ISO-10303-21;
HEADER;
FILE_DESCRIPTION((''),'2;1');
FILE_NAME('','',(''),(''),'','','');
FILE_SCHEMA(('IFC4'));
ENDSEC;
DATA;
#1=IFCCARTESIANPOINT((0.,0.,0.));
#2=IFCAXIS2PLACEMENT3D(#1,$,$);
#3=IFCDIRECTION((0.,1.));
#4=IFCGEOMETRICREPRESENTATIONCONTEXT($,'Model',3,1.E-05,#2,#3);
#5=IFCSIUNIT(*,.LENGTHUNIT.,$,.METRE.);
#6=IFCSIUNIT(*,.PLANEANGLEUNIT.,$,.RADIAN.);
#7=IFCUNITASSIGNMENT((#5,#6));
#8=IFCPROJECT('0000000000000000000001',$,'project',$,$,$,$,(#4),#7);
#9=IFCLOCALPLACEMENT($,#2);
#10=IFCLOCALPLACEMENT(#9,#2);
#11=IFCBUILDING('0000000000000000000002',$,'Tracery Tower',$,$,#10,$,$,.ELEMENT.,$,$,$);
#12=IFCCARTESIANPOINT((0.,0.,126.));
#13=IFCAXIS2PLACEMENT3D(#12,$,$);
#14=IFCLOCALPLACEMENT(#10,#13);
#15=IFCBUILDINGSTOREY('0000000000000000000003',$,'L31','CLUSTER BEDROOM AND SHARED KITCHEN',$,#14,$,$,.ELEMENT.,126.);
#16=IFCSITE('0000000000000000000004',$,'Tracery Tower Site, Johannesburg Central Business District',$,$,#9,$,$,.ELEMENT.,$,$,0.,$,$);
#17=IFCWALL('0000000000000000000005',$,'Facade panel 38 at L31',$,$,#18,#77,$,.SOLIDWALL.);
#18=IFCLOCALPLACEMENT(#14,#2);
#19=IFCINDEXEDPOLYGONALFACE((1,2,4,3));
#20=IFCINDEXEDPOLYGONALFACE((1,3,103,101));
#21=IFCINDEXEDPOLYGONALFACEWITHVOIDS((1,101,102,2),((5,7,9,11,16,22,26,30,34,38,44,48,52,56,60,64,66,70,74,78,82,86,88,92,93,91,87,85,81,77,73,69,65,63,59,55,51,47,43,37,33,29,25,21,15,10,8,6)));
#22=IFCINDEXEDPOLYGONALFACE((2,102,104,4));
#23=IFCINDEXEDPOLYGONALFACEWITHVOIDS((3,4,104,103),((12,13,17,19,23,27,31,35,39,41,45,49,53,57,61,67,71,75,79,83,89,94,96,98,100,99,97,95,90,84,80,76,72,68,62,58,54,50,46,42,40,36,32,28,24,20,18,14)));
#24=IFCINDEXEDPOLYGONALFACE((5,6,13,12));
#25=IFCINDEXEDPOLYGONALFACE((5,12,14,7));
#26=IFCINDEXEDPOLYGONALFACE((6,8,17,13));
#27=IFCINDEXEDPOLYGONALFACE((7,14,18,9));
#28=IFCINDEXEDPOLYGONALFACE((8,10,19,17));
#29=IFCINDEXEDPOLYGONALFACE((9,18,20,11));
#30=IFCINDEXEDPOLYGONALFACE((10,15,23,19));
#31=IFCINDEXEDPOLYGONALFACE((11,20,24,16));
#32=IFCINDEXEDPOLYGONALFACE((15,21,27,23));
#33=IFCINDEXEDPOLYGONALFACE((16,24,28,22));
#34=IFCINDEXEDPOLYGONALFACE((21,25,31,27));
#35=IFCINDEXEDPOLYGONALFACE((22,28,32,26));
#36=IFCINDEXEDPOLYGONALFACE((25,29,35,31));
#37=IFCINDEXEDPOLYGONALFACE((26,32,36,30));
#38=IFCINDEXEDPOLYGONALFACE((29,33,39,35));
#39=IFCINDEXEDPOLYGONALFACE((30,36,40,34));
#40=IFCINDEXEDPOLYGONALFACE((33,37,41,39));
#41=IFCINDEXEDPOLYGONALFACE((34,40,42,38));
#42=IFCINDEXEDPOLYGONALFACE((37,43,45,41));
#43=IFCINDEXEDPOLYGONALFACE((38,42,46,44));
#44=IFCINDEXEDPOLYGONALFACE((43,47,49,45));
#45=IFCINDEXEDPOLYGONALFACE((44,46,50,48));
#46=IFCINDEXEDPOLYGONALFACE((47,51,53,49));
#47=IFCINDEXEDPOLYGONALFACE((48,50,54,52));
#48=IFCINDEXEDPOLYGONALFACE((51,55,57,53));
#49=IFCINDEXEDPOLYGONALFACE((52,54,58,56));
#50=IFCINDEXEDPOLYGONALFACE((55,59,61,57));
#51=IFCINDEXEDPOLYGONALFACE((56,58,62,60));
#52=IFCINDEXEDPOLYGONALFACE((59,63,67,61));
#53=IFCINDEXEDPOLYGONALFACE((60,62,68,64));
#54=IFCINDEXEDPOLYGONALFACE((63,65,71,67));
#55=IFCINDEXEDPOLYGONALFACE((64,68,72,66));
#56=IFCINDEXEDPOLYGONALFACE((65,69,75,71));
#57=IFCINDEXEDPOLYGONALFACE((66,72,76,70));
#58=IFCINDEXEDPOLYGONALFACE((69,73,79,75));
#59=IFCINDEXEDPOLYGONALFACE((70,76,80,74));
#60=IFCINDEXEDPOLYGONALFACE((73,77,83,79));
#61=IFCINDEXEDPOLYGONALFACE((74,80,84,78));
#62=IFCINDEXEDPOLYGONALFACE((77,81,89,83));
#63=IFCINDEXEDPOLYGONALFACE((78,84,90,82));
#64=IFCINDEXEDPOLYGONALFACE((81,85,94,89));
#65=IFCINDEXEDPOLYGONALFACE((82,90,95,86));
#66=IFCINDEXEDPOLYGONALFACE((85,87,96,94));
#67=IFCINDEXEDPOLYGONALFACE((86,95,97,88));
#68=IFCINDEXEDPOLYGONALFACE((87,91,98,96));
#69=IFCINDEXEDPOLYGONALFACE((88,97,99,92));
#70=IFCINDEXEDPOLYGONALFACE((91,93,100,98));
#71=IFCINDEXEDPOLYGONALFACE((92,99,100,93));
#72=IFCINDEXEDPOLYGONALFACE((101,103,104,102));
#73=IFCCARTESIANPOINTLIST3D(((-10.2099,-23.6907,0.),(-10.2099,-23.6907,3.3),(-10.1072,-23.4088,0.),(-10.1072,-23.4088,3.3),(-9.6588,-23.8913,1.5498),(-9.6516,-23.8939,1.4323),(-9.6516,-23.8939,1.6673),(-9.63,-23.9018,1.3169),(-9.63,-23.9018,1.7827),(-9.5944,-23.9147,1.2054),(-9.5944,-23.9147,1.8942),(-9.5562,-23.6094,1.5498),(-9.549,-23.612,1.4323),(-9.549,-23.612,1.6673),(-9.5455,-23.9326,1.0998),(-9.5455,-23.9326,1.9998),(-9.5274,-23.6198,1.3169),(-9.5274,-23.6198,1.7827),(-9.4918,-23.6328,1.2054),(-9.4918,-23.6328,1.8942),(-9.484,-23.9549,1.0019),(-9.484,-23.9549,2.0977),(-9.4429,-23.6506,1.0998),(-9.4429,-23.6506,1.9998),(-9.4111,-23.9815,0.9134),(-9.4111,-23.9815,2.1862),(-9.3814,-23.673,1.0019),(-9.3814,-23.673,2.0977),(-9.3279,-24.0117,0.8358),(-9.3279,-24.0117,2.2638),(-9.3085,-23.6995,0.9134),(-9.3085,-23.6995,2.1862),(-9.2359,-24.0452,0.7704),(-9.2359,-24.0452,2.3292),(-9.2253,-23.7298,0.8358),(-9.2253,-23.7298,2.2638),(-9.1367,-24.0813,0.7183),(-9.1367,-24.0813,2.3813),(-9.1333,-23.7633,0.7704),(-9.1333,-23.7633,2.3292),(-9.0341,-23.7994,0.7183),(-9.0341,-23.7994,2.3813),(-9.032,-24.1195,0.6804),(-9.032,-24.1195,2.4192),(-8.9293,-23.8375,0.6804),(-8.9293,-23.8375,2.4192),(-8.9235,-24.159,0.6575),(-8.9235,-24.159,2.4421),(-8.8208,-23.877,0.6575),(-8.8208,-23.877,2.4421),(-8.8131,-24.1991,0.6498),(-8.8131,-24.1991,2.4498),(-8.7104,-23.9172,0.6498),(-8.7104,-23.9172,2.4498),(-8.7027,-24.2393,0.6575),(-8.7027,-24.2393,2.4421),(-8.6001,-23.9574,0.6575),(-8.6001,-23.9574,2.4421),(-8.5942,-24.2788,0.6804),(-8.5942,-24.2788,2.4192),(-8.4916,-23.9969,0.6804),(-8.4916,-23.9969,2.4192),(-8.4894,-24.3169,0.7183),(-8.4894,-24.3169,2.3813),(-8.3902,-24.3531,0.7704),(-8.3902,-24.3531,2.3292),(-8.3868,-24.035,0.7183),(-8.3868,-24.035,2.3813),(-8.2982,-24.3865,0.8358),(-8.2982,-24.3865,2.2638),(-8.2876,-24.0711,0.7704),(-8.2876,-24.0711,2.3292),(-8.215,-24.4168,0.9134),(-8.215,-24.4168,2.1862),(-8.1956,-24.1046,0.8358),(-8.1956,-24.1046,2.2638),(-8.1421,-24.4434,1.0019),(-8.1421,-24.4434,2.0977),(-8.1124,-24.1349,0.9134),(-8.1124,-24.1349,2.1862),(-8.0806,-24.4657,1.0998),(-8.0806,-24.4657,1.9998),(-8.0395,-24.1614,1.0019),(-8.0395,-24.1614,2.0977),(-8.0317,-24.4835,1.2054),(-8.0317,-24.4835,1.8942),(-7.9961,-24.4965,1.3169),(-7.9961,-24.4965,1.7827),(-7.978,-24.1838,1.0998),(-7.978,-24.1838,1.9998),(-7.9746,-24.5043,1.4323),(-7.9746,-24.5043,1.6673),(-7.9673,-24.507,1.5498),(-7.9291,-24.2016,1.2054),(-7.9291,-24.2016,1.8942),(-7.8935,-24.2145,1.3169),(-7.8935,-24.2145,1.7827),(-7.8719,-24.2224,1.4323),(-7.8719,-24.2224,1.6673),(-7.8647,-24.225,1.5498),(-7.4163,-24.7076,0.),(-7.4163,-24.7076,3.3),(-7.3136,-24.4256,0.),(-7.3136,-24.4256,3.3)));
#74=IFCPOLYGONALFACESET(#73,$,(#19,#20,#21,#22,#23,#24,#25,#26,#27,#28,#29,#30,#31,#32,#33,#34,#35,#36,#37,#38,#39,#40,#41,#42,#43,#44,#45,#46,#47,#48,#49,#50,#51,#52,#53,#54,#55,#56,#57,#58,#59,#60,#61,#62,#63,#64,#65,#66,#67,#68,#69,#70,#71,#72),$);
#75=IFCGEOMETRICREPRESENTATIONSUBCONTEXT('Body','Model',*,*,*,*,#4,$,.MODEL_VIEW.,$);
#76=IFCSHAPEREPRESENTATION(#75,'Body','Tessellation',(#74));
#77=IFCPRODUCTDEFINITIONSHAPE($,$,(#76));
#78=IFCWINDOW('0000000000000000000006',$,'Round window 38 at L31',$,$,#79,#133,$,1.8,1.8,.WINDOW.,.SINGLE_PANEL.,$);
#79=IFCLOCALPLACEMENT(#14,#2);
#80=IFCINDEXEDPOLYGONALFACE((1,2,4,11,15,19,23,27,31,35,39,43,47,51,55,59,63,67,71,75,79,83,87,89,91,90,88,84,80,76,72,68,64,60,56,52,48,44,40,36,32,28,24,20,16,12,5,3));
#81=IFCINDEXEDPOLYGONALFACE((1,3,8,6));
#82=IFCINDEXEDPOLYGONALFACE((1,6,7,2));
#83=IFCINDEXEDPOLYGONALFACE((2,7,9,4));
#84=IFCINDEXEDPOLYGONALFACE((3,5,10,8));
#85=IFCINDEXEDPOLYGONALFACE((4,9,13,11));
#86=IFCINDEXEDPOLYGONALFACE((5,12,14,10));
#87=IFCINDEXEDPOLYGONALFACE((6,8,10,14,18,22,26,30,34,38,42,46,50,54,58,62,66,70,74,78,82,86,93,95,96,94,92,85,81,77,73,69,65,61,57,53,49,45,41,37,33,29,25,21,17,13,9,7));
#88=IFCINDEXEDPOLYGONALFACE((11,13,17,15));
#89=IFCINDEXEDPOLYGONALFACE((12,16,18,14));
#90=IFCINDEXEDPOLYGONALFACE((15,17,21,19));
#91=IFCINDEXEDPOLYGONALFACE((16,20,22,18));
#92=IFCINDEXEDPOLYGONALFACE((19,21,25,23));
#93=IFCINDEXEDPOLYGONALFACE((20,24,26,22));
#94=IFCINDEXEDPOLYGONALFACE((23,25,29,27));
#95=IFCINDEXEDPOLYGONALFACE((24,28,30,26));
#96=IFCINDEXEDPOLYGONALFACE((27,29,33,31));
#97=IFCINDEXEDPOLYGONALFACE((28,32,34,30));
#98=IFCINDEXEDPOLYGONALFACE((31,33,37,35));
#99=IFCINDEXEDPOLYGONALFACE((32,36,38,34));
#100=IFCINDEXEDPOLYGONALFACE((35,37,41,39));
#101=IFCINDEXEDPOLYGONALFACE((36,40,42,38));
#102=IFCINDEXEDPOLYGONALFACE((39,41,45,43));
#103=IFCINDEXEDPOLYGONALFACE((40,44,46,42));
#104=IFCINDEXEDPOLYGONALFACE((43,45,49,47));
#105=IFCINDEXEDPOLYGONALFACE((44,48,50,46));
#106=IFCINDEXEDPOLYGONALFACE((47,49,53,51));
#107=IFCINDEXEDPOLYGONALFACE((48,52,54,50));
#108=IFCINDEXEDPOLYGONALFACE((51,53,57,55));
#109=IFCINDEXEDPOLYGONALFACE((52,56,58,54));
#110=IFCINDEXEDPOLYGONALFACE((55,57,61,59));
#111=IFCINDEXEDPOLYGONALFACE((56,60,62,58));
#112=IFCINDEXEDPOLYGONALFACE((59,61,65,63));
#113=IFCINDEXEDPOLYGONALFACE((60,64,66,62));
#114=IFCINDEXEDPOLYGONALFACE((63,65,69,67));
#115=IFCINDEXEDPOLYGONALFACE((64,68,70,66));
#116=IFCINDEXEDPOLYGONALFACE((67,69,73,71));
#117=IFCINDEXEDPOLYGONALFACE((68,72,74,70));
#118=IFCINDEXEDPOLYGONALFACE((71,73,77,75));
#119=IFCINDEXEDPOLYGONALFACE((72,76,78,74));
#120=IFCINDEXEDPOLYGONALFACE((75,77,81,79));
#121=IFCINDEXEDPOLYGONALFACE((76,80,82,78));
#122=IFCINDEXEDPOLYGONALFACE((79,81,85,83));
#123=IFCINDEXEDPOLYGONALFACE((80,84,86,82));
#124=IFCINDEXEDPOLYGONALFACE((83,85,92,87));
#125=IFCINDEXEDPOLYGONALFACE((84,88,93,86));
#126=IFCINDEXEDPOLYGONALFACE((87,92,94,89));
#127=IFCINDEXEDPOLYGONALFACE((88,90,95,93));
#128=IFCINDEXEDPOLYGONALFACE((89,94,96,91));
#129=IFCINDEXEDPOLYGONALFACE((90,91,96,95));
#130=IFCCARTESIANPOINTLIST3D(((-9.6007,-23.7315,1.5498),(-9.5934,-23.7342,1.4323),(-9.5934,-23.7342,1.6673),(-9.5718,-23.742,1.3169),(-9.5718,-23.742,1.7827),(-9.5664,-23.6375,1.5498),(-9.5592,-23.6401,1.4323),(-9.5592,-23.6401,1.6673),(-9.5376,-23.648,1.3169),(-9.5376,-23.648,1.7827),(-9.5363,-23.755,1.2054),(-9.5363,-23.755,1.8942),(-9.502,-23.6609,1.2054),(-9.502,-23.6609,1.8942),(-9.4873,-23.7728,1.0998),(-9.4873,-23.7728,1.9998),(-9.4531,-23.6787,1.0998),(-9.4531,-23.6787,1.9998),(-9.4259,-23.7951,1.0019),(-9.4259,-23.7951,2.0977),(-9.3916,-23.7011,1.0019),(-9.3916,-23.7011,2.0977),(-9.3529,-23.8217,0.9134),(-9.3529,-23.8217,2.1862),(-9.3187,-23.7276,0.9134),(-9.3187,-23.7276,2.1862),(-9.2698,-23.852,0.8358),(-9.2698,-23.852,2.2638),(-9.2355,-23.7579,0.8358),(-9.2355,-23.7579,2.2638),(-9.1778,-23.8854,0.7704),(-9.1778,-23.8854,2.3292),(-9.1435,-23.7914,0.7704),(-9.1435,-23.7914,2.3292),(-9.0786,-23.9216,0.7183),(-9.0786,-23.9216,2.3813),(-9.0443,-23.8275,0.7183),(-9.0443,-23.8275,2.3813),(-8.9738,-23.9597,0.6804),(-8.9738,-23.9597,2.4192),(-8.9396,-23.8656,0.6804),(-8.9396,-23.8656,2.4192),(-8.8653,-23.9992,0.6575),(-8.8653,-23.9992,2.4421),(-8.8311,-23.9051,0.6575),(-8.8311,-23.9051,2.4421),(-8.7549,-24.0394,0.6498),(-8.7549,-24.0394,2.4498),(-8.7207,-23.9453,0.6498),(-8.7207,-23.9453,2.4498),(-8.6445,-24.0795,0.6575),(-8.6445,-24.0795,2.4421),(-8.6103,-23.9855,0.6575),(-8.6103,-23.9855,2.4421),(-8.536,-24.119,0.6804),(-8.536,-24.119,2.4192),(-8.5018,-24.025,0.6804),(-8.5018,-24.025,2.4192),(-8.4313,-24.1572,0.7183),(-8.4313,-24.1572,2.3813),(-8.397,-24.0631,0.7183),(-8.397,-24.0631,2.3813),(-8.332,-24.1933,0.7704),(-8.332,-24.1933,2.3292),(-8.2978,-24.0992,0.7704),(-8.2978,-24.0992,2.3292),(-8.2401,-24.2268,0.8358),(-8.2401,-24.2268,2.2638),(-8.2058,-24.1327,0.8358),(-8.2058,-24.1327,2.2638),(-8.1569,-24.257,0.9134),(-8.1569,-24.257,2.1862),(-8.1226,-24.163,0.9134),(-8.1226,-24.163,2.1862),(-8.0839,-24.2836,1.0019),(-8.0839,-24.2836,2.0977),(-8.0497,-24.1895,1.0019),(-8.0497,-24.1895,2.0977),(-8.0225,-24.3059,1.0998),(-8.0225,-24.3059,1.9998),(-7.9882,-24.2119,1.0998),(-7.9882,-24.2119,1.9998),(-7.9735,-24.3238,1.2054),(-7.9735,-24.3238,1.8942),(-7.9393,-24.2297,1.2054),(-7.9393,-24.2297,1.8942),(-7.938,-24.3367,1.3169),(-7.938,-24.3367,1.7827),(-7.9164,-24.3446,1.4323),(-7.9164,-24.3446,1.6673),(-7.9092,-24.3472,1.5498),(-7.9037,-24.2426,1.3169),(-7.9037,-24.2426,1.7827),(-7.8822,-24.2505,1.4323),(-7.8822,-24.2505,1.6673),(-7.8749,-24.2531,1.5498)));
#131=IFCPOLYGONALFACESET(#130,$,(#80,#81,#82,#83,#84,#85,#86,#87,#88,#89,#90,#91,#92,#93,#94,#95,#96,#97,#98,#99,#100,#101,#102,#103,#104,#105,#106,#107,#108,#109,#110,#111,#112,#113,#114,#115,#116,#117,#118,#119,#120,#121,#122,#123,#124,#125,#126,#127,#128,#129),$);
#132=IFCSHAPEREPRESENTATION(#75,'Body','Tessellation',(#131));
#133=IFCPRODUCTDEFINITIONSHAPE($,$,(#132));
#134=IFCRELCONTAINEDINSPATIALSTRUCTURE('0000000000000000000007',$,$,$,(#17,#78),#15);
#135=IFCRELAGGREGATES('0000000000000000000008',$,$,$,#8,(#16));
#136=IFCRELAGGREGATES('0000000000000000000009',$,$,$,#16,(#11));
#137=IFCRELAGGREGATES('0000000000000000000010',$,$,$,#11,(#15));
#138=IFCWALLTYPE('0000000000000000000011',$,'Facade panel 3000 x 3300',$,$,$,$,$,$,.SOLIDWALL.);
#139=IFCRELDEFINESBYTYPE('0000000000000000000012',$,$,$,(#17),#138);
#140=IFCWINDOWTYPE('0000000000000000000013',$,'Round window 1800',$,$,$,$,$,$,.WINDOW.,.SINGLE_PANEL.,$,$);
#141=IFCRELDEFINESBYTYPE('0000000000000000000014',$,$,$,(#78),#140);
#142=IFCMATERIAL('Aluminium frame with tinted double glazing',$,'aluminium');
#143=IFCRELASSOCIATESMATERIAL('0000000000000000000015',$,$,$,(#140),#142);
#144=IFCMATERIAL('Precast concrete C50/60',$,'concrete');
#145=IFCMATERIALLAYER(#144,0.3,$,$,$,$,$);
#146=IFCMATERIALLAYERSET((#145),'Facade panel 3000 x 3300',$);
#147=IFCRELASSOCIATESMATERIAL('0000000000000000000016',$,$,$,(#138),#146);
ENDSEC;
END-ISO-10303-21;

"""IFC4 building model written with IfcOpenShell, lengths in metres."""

from ifc_helpers import new_model, si_unit, direction, frame, frame_2d, origin, origin_2d, place, context, subcontext, project, spatial, rectangle, circle, extrude, material, layer, layer_set, type_object, element, fill, save


model = new_model("IFC4")

# Units and contexts
model_context = context("Model", 3, precision=1e-05, world=origin(), true_north=direction((0.0, 1.0)))
body_context = subcontext(model_context, "Body", "Model", "MODEL_VIEW")
ifc_project = project(units=[si_unit("LENGTHUNIT", "METRE"), si_unit("PLANEANGLEUNIT", "RADIAN")], contexts=[model_context])

# Site, building, storey
site_placement = place(None, origin())
site = spatial("IfcSite", under=ifc_project, at=site_placement, Name="Tracery Tower Site, Johannesburg Central Business District", CompositionType="ELEMENT", RefElevation=0.0)
building_placement = place(site_placement, origin())
building = spatial("IfcBuilding", under=site, at=building_placement, Name="Tracery Tower", CompositionType="ELEMENT")
storey_placement = place(building_placement, frame((0.0, 0.0, 126.0)))
storey = spatial("IfcBuildingStorey", under=building, at=storey_placement, Name="L31", Description="CLUSTER BEDROOM AND SHARED KITCHEN", CompositionType="ELEMENT", Elevation=126.0)

# Wall, opening, window
ifc_material_1 = material(Name="Aluminium frame with tinted double glazing", Category="aluminium")
window_type = type_object("IfcWindowType", Name="Round window 1800", PartitioningType="SINGLE_PANEL", PredefinedType="WINDOW", material=ifc_material_1)
ifc_material_2 = material(Name="Precast concrete C50/60", Category="concrete")
ifc_layer_1 = layer(ifc_material_2, 0.3)
ifc_layer_set_1 = layer_set([ifc_layer_1], Name="Facade panel 3000 x 3300")
wall_type_1 = type_object("IfcWallType", Name="Facade panel 3000 x 3300", PredefinedType="SOLIDWALL", material=ifc_layer_set_1)
wall_1_placement = place(storey_placement, frame((-10.1584, -23.5498, 0.0), z_axis=(0.0, 0.0, 1.0), x_axis=(0.93969, -0.342027, 0.0)))
wall_1 = element("IfcWall", 1, at=wall_1_placement, inside=storey, type_object=wall_type_1, Name="Facade panel 38 at L31", PredefinedType="SOLIDWALL", context=body_context, shape_type="SweptSolid", body=[
    extrude(rectangle(XDim=2.9729, YDim=0.3, at=frame_2d((1.4863, 0.0))), origin(), (0.0, 0.0, 1.0), 3.3),
])
opening_1_placement = place(wall_1_placement, frame((1.4863, 0.0, 1.5498)))
opening_1 = element("IfcOpeningElement", 2, at=opening_1_placement, cuts=wall_1, PredefinedType="OPENING", context=body_context, shape_type="SweptSolid", body=[
    extrude(circle(Radius=0.9, at=origin_2d()), frame((0.0, 0.1599, 0.0), z_axis=(0.0, -1.0, 0.0), x_axis=(1.0, 0.0, 0.0)), (0.0, 0.0, 1.0), 0.3201),
])
window_1_placement = place(opening_1_placement, origin())
window_1 = element("IfcWindow", 3, at=window_1_placement, inside=storey, type_object=window_type, Name="Round window 38 at L31", OverallHeight=1.8, OverallWidth=1.8, PartitioningType="SINGLE_PANEL", PredefinedType="WINDOW", context=body_context, shape_type="SweptSolid", body=[
    extrude(circle(Radius=0.9, at=origin_2d()), frame((0.0, 0.1201, 0.0), z_axis=(0.0, -1.0, 0.0), x_axis=(1.0, 0.0, 0.0)), (0.0, 0.0, 1.0), 0.1001),
])
fill(opening_1, window_1)

save(model, "model.ifc")
